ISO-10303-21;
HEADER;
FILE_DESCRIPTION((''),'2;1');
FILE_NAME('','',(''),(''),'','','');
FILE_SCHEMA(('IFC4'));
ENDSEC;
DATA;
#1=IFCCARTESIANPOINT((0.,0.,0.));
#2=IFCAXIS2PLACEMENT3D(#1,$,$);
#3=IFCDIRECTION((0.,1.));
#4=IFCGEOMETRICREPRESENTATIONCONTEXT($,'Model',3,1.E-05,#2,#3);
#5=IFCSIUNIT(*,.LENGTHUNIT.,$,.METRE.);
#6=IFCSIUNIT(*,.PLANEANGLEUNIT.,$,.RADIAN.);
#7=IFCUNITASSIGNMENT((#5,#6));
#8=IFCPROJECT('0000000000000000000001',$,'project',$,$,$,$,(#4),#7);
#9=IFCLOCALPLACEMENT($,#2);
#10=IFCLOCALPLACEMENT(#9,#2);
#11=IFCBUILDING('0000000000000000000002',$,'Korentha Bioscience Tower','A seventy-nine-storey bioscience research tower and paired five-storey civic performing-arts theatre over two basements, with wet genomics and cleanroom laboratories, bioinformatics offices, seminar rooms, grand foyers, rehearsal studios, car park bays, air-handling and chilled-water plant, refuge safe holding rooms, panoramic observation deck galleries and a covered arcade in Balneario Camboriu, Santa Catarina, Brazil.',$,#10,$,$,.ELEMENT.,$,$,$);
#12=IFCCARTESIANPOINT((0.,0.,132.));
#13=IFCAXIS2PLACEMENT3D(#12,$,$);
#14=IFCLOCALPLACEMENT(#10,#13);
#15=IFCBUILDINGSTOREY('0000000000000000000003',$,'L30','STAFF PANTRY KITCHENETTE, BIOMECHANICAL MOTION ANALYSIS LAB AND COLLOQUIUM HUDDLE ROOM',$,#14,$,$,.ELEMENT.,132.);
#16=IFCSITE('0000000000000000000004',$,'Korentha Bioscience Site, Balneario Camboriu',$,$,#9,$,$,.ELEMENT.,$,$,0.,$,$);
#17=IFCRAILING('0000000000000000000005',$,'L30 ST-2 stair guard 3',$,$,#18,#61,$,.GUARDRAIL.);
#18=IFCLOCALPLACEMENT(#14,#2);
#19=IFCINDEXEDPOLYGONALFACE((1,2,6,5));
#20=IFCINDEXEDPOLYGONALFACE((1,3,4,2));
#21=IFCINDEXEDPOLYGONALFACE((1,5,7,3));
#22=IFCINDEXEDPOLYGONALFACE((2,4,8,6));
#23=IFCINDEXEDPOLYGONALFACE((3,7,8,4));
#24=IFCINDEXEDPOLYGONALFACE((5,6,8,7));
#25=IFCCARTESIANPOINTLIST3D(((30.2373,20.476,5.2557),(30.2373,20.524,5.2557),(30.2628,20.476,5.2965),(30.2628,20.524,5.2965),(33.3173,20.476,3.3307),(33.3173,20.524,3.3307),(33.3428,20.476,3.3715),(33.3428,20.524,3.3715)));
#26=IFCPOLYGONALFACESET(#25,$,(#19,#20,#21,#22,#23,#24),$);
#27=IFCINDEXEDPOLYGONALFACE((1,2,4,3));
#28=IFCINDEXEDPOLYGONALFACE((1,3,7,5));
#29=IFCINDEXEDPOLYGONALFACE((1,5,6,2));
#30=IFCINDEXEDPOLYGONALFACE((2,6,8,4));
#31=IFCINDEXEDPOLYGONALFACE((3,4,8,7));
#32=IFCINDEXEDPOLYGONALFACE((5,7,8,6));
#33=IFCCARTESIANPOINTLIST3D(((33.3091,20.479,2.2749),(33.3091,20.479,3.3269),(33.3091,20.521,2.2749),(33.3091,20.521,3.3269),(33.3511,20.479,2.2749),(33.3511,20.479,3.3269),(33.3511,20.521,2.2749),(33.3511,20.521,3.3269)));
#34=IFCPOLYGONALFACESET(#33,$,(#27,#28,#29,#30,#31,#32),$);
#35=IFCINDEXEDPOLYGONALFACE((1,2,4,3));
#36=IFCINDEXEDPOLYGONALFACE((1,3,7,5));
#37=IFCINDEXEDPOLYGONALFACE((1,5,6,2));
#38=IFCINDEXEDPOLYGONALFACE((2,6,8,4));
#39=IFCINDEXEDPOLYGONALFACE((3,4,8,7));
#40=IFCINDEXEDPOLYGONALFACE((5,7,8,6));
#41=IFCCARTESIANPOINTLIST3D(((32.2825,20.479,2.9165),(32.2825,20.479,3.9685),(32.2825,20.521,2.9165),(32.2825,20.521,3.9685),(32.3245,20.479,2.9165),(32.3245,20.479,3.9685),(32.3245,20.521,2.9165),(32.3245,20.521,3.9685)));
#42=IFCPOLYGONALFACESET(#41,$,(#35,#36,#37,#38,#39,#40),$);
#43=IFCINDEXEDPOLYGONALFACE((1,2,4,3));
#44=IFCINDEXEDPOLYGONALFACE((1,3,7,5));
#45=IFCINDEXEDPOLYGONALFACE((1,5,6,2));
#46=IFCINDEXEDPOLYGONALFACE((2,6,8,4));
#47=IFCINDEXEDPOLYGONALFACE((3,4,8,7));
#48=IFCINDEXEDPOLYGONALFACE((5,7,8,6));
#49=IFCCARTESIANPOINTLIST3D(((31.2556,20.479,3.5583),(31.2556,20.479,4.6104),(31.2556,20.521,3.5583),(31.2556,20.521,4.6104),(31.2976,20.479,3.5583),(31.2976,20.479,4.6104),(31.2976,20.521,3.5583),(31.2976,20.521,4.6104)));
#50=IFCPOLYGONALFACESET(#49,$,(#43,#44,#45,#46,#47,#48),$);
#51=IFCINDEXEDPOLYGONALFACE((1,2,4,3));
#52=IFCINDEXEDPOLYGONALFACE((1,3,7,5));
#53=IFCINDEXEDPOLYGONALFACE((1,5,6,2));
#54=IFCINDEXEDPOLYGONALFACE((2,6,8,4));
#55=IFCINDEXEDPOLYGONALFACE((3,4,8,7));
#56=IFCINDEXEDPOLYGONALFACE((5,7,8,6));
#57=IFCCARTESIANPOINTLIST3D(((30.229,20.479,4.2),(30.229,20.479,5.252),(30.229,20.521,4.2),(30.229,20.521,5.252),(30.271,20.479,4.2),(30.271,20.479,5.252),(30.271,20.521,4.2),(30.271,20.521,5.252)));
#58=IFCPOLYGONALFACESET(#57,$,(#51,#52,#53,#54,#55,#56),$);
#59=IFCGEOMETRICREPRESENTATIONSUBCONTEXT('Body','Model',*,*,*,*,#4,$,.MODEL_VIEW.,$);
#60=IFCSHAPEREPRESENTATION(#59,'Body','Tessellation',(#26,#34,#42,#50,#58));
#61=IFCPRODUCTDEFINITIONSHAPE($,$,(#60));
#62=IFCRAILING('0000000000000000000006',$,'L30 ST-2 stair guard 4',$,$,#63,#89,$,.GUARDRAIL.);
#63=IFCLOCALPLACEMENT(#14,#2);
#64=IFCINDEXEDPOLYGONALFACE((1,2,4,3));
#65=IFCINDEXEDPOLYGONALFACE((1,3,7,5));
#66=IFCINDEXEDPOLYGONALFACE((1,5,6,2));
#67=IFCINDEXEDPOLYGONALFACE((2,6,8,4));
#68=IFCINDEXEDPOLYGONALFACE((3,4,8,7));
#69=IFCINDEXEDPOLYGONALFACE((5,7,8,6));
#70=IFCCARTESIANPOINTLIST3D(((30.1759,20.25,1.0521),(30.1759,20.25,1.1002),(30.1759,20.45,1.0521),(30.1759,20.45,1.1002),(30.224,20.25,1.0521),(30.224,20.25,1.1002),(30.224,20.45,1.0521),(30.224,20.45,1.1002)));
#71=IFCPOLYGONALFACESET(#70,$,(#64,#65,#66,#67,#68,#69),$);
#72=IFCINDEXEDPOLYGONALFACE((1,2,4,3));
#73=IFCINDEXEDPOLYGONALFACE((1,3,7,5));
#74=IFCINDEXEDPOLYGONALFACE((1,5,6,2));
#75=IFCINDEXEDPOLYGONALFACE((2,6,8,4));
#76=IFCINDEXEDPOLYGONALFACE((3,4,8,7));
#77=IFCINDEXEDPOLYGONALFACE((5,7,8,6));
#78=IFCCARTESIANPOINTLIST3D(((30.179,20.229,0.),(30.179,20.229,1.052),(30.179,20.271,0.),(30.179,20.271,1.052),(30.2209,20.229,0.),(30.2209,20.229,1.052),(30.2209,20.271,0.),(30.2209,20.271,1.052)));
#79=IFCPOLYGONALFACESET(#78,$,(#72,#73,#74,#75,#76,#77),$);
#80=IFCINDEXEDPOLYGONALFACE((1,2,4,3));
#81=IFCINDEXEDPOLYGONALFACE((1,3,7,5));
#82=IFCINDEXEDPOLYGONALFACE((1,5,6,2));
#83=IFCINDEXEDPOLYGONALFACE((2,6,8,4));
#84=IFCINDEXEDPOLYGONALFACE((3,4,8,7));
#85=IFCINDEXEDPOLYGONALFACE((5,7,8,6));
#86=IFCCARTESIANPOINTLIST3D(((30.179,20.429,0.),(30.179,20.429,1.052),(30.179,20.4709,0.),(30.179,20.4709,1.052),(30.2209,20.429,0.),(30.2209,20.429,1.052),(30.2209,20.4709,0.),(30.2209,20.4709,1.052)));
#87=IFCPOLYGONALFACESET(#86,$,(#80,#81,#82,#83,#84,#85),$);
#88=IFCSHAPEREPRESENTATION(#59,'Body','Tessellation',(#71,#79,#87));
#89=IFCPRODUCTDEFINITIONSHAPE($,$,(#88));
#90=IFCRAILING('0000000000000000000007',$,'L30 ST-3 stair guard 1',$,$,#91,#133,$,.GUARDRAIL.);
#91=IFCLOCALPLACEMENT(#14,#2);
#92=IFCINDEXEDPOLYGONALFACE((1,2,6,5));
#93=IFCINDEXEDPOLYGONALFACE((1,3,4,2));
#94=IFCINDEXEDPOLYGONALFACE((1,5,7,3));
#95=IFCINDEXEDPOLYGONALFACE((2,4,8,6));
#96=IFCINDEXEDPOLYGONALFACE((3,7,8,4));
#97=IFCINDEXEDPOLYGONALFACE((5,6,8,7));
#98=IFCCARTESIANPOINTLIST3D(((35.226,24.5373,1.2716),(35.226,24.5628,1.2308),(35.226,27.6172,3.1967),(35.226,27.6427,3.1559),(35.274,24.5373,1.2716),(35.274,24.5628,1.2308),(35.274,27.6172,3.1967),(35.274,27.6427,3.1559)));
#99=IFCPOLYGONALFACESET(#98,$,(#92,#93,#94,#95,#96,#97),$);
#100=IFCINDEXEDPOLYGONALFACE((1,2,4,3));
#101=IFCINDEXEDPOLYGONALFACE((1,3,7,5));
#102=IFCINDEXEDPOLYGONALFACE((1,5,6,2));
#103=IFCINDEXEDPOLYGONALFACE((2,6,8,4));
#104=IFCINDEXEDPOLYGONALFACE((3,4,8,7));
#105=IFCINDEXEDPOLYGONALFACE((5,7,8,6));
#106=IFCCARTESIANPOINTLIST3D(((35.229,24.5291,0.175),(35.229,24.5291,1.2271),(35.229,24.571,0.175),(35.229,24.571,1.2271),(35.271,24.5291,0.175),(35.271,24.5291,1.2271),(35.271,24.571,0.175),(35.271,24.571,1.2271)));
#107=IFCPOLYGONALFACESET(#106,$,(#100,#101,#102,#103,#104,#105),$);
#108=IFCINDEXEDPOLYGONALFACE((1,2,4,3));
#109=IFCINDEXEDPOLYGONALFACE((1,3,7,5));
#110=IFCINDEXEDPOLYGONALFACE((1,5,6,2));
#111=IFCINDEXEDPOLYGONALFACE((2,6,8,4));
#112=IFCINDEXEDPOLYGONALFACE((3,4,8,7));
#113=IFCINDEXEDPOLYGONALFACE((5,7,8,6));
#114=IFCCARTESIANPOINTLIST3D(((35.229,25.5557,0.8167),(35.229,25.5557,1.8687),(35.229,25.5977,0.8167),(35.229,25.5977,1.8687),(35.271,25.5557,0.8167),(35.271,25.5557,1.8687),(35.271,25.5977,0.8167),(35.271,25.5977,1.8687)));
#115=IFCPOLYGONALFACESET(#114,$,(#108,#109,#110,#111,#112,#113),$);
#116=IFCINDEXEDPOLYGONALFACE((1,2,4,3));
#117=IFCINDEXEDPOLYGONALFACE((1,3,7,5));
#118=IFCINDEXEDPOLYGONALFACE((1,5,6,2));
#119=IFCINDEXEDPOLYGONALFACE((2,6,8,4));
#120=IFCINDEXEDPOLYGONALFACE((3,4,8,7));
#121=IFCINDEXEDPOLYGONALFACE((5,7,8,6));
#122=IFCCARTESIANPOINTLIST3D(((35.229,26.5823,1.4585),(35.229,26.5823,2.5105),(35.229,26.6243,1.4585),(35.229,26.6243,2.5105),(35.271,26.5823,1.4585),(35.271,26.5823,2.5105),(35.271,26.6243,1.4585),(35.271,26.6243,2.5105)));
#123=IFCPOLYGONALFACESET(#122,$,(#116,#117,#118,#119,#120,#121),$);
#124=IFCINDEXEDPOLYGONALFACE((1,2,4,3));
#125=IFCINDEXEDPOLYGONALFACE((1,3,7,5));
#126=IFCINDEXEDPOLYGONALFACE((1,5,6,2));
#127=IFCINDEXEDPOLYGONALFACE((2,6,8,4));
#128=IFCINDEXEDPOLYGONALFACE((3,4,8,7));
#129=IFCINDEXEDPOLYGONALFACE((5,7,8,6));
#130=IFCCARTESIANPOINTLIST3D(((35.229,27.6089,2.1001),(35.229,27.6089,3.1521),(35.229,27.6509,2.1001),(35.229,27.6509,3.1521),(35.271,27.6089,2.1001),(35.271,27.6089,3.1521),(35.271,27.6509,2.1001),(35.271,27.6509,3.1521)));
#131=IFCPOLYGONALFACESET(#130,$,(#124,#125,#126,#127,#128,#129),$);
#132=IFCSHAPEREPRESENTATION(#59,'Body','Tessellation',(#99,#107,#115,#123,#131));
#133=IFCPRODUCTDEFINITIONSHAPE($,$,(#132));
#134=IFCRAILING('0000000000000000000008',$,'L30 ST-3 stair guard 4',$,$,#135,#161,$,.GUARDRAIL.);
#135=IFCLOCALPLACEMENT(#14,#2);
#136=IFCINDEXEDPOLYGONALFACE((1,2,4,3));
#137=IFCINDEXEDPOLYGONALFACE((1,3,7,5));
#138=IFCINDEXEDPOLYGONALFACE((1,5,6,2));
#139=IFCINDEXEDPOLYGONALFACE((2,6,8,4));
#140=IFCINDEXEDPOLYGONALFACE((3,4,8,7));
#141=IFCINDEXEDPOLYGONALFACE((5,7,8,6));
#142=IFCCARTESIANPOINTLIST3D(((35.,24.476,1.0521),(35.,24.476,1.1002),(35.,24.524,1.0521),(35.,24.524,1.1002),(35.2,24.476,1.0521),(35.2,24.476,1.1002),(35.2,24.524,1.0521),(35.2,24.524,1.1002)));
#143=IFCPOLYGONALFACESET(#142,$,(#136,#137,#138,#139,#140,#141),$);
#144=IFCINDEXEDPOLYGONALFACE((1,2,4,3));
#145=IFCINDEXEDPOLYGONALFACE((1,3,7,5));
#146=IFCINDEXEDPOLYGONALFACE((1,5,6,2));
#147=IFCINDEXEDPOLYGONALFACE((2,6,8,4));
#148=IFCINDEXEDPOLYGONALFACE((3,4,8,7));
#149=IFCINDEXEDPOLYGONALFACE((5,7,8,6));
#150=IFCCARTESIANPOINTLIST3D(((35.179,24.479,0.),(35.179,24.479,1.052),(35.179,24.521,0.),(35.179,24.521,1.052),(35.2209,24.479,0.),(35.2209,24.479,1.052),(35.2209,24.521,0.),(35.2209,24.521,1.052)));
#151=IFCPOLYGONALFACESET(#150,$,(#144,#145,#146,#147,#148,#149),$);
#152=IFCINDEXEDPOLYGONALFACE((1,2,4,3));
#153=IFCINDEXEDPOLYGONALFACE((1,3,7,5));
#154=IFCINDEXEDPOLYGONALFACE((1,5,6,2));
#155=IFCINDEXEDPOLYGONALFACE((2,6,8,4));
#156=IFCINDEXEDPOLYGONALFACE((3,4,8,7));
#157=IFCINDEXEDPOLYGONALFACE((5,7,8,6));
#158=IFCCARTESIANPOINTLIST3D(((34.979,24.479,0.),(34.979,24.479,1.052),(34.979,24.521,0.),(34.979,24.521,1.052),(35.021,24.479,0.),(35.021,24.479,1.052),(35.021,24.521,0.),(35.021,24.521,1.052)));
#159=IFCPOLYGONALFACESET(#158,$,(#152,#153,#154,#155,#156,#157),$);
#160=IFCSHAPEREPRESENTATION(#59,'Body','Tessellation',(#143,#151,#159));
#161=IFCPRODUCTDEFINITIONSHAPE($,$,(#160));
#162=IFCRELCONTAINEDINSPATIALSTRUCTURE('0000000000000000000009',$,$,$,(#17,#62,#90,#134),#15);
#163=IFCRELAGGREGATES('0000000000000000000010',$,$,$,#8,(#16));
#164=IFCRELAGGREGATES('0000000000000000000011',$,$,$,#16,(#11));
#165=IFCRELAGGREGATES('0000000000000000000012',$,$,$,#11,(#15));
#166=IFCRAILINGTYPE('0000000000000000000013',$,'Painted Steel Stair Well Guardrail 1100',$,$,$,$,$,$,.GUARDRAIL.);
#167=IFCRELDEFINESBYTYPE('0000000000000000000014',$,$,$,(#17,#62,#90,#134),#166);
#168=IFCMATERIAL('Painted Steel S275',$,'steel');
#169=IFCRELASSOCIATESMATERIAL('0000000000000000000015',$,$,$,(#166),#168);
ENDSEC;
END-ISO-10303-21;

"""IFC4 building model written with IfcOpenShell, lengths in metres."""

from ifc_helpers import new_model, si_unit, direction, frame, origin, origin_2d, place, context, subcontext, project, spatial, rectangle, extrude, material, type_object, element, save


model = new_model("IFC4")

# Units and contexts
model_context = context("Model", 3, precision=1e-05, world=origin(), true_north=direction((0.0, 1.0)))
body_context = subcontext(model_context, "Body", "Model", "MODEL_VIEW")
ifc_project = project(units=[si_unit("LENGTHUNIT", "METRE"), si_unit("PLANEANGLEUNIT", "RADIAN")], contexts=[model_context])

# Site, building, storey
site_placement = place(None, origin())
site = spatial("IfcSite", under=ifc_project, at=site_placement, Name="Korentha Bioscience Site, Balneario Camboriu", CompositionType="ELEMENT", RefElevation=0.0)
building_placement = place(site_placement, origin())
building = spatial("IfcBuilding", under=site, at=building_placement, Name="Korentha Bioscience Tower", Description="A seventy-nine-storey bioscience research tower and paired five-storey civic performing-arts theatre over two basements, with wet genomics and cleanroom laboratories, bioinformatics offices, seminar rooms, grand foyers, rehearsal studios, car park bays, air-handling and chilled-water plant, refuge safe holding rooms, panoramic observation deck galleries and a covered arcade in Balneario Camboriu, Santa Catarina, Brazil.", CompositionType="ELEMENT")
storey_placement = place(building_placement, frame((0.0, 0.0, 132.0)))
storey = spatial("IfcBuildingStorey", under=building, at=storey_placement, Name="L30", Description="STAFF PANTRY KITCHENETTE, BIOMECHANICAL MOTION ANALYSIS LAB AND COLLOQUIUM HUDDLE ROOM", CompositionType="ELEMENT", Elevation=132.0)

# Railings
ifc_material_1 = material(Name="Painted Steel S275", Category="steel")
railing_type_1 = type_object("IfcRailingType", Name="Painted Steel Stair Well Guardrail 1100", PredefinedType="GUARDRAIL", material=ifc_material_1)
railing_1_placement = place(storey_placement, frame((33.3301, 20.5, 2.2749)))
element("IfcRailing", 1, at=railing_1_placement, inside=storey, type_object=railing_type_1, Name="L30 ST-2 stair guard 3", PredefinedType="GUARDRAIL", context=body_context, shape_type="SweptSolid", body=[
    extrude(rectangle(XDim=0.0481, YDim=0.0481, at=origin_2d()), frame((0.0, 0.0, 1.0762), z_axis=(-0.847998, 0.0, 0.529999), x_axis=(0.0, -1.0, 0.0)), (0.0, 0.0, 1.0), 3.6321),
    extrude(rectangle(XDim=0.042, YDim=0.042, at=origin_2d()), origin(), (0.0, 0.0, 1.0), 1.052),
    extrude(rectangle(XDim=0.042, YDim=0.042, at=origin_2d()), frame((-1.0266, 0.0, 0.6416)), (0.0, 0.0, 1.0), 1.052),
    extrude(rectangle(XDim=0.042, YDim=0.042, at=origin_2d()), frame((-2.0535, 0.0, 1.2834)), (0.0, 0.0, 1.0), 1.052),
    extrude(rectangle(XDim=0.042, YDim=0.042, at=origin_2d()), frame((-3.0801, 0.0, 1.925)), (0.0, 0.0, 1.0), 1.052),
])
railing_2_placement = place(storey_placement, frame((30.2, 20.25, 0.0)))
element("IfcRailing", 2, at=railing_2_placement, inside=storey, type_object=railing_type_1, Name="L30 ST-2 stair guard 4", PredefinedType="GUARDRAIL", context=body_context, shape_type="SweptSolid", body=[
    extrude(rectangle(XDim=0.0481, YDim=0.0481, at=origin_2d()), frame((0.0, 0.0, 1.0762), z_axis=(0.0, 1.0, 0.0), x_axis=(-1.0, 0.0, 0.0)), (0.0, 0.0, 1.0), 0.2),
    extrude(rectangle(XDim=0.042, YDim=0.042, at=origin_2d()), origin(), (0.0, 0.0, 1.0), 1.052),
    extrude(rectangle(XDim=0.042, YDim=0.042, at=origin_2d()), frame((0.0, 0.2, 0.0)), (0.0, 0.0, 1.0), 1.052),
])
railing_3_placement = place(storey_placement, frame((35.25, 24.55, 0.175)))
element("IfcRailing", 3, at=railing_3_placement, inside=storey, type_object=railing_type_1, Name="L30 ST-3 stair guard 1", PredefinedType="GUARDRAIL", context=body_context, shape_type="SweptSolid", body=[
    extrude(rectangle(XDim=0.0481, YDim=0.0481, at=origin_2d()), frame((0.0, 0.0, 1.0762), z_axis=(0.0, 0.847979, 0.530029), x_axis=(-1.0, 0.0, 0.0)), (0.0, 0.0, 1.0), 3.6321),
    extrude(rectangle(XDim=0.042, YDim=0.042, at=origin_2d()), origin(), (0.0, 0.0, 1.0), 1.052),
    extrude(rectangle(XDim=0.042, YDim=0.042, at=origin_2d()), frame((0.0, 1.0266, 0.6416)), (0.0, 0.0, 1.0), 1.052),
    extrude(rectangle(XDim=0.042, YDim=0.042, at=origin_2d()), frame((0.0, 2.0532, 1.2834)), (0.0, 0.0, 1.0), 1.052),
    extrude(rectangle(XDim=0.042, YDim=0.042, at=origin_2d()), frame((0.0, 3.0798, 1.925)), (0.0, 0.0, 1.0), 1.052),
])
railing_4_placement = place(storey_placement, frame((35.2, 24.5, 0.0)))
element("IfcRailing", 4, at=railing_4_placement, inside=storey, type_object=railing_type_1, Name="L30 ST-3 stair guard 4", PredefinedType="GUARDRAIL", context=body_context, shape_type="SweptSolid", body=[
    extrude(rectangle(XDim=0.0481, YDim=0.0481, at=origin_2d()), frame((0.0, 0.0, 1.0762), z_axis=(-1.0, 0.0, 0.0), x_axis=(0.0, -1.0, 0.0)), (0.0, 0.0, 1.0), 0.2),
    extrude(rectangle(XDim=0.042, YDim=0.042, at=origin_2d()), origin(), (0.0, 0.0, 1.0), 1.052),
    extrude(rectangle(XDim=0.042, YDim=0.042, at=origin_2d()), frame((-0.2, 0.0, 0.0)), (0.0, 0.0, 1.0), 1.052),
])

save(model, "model.ifc")
